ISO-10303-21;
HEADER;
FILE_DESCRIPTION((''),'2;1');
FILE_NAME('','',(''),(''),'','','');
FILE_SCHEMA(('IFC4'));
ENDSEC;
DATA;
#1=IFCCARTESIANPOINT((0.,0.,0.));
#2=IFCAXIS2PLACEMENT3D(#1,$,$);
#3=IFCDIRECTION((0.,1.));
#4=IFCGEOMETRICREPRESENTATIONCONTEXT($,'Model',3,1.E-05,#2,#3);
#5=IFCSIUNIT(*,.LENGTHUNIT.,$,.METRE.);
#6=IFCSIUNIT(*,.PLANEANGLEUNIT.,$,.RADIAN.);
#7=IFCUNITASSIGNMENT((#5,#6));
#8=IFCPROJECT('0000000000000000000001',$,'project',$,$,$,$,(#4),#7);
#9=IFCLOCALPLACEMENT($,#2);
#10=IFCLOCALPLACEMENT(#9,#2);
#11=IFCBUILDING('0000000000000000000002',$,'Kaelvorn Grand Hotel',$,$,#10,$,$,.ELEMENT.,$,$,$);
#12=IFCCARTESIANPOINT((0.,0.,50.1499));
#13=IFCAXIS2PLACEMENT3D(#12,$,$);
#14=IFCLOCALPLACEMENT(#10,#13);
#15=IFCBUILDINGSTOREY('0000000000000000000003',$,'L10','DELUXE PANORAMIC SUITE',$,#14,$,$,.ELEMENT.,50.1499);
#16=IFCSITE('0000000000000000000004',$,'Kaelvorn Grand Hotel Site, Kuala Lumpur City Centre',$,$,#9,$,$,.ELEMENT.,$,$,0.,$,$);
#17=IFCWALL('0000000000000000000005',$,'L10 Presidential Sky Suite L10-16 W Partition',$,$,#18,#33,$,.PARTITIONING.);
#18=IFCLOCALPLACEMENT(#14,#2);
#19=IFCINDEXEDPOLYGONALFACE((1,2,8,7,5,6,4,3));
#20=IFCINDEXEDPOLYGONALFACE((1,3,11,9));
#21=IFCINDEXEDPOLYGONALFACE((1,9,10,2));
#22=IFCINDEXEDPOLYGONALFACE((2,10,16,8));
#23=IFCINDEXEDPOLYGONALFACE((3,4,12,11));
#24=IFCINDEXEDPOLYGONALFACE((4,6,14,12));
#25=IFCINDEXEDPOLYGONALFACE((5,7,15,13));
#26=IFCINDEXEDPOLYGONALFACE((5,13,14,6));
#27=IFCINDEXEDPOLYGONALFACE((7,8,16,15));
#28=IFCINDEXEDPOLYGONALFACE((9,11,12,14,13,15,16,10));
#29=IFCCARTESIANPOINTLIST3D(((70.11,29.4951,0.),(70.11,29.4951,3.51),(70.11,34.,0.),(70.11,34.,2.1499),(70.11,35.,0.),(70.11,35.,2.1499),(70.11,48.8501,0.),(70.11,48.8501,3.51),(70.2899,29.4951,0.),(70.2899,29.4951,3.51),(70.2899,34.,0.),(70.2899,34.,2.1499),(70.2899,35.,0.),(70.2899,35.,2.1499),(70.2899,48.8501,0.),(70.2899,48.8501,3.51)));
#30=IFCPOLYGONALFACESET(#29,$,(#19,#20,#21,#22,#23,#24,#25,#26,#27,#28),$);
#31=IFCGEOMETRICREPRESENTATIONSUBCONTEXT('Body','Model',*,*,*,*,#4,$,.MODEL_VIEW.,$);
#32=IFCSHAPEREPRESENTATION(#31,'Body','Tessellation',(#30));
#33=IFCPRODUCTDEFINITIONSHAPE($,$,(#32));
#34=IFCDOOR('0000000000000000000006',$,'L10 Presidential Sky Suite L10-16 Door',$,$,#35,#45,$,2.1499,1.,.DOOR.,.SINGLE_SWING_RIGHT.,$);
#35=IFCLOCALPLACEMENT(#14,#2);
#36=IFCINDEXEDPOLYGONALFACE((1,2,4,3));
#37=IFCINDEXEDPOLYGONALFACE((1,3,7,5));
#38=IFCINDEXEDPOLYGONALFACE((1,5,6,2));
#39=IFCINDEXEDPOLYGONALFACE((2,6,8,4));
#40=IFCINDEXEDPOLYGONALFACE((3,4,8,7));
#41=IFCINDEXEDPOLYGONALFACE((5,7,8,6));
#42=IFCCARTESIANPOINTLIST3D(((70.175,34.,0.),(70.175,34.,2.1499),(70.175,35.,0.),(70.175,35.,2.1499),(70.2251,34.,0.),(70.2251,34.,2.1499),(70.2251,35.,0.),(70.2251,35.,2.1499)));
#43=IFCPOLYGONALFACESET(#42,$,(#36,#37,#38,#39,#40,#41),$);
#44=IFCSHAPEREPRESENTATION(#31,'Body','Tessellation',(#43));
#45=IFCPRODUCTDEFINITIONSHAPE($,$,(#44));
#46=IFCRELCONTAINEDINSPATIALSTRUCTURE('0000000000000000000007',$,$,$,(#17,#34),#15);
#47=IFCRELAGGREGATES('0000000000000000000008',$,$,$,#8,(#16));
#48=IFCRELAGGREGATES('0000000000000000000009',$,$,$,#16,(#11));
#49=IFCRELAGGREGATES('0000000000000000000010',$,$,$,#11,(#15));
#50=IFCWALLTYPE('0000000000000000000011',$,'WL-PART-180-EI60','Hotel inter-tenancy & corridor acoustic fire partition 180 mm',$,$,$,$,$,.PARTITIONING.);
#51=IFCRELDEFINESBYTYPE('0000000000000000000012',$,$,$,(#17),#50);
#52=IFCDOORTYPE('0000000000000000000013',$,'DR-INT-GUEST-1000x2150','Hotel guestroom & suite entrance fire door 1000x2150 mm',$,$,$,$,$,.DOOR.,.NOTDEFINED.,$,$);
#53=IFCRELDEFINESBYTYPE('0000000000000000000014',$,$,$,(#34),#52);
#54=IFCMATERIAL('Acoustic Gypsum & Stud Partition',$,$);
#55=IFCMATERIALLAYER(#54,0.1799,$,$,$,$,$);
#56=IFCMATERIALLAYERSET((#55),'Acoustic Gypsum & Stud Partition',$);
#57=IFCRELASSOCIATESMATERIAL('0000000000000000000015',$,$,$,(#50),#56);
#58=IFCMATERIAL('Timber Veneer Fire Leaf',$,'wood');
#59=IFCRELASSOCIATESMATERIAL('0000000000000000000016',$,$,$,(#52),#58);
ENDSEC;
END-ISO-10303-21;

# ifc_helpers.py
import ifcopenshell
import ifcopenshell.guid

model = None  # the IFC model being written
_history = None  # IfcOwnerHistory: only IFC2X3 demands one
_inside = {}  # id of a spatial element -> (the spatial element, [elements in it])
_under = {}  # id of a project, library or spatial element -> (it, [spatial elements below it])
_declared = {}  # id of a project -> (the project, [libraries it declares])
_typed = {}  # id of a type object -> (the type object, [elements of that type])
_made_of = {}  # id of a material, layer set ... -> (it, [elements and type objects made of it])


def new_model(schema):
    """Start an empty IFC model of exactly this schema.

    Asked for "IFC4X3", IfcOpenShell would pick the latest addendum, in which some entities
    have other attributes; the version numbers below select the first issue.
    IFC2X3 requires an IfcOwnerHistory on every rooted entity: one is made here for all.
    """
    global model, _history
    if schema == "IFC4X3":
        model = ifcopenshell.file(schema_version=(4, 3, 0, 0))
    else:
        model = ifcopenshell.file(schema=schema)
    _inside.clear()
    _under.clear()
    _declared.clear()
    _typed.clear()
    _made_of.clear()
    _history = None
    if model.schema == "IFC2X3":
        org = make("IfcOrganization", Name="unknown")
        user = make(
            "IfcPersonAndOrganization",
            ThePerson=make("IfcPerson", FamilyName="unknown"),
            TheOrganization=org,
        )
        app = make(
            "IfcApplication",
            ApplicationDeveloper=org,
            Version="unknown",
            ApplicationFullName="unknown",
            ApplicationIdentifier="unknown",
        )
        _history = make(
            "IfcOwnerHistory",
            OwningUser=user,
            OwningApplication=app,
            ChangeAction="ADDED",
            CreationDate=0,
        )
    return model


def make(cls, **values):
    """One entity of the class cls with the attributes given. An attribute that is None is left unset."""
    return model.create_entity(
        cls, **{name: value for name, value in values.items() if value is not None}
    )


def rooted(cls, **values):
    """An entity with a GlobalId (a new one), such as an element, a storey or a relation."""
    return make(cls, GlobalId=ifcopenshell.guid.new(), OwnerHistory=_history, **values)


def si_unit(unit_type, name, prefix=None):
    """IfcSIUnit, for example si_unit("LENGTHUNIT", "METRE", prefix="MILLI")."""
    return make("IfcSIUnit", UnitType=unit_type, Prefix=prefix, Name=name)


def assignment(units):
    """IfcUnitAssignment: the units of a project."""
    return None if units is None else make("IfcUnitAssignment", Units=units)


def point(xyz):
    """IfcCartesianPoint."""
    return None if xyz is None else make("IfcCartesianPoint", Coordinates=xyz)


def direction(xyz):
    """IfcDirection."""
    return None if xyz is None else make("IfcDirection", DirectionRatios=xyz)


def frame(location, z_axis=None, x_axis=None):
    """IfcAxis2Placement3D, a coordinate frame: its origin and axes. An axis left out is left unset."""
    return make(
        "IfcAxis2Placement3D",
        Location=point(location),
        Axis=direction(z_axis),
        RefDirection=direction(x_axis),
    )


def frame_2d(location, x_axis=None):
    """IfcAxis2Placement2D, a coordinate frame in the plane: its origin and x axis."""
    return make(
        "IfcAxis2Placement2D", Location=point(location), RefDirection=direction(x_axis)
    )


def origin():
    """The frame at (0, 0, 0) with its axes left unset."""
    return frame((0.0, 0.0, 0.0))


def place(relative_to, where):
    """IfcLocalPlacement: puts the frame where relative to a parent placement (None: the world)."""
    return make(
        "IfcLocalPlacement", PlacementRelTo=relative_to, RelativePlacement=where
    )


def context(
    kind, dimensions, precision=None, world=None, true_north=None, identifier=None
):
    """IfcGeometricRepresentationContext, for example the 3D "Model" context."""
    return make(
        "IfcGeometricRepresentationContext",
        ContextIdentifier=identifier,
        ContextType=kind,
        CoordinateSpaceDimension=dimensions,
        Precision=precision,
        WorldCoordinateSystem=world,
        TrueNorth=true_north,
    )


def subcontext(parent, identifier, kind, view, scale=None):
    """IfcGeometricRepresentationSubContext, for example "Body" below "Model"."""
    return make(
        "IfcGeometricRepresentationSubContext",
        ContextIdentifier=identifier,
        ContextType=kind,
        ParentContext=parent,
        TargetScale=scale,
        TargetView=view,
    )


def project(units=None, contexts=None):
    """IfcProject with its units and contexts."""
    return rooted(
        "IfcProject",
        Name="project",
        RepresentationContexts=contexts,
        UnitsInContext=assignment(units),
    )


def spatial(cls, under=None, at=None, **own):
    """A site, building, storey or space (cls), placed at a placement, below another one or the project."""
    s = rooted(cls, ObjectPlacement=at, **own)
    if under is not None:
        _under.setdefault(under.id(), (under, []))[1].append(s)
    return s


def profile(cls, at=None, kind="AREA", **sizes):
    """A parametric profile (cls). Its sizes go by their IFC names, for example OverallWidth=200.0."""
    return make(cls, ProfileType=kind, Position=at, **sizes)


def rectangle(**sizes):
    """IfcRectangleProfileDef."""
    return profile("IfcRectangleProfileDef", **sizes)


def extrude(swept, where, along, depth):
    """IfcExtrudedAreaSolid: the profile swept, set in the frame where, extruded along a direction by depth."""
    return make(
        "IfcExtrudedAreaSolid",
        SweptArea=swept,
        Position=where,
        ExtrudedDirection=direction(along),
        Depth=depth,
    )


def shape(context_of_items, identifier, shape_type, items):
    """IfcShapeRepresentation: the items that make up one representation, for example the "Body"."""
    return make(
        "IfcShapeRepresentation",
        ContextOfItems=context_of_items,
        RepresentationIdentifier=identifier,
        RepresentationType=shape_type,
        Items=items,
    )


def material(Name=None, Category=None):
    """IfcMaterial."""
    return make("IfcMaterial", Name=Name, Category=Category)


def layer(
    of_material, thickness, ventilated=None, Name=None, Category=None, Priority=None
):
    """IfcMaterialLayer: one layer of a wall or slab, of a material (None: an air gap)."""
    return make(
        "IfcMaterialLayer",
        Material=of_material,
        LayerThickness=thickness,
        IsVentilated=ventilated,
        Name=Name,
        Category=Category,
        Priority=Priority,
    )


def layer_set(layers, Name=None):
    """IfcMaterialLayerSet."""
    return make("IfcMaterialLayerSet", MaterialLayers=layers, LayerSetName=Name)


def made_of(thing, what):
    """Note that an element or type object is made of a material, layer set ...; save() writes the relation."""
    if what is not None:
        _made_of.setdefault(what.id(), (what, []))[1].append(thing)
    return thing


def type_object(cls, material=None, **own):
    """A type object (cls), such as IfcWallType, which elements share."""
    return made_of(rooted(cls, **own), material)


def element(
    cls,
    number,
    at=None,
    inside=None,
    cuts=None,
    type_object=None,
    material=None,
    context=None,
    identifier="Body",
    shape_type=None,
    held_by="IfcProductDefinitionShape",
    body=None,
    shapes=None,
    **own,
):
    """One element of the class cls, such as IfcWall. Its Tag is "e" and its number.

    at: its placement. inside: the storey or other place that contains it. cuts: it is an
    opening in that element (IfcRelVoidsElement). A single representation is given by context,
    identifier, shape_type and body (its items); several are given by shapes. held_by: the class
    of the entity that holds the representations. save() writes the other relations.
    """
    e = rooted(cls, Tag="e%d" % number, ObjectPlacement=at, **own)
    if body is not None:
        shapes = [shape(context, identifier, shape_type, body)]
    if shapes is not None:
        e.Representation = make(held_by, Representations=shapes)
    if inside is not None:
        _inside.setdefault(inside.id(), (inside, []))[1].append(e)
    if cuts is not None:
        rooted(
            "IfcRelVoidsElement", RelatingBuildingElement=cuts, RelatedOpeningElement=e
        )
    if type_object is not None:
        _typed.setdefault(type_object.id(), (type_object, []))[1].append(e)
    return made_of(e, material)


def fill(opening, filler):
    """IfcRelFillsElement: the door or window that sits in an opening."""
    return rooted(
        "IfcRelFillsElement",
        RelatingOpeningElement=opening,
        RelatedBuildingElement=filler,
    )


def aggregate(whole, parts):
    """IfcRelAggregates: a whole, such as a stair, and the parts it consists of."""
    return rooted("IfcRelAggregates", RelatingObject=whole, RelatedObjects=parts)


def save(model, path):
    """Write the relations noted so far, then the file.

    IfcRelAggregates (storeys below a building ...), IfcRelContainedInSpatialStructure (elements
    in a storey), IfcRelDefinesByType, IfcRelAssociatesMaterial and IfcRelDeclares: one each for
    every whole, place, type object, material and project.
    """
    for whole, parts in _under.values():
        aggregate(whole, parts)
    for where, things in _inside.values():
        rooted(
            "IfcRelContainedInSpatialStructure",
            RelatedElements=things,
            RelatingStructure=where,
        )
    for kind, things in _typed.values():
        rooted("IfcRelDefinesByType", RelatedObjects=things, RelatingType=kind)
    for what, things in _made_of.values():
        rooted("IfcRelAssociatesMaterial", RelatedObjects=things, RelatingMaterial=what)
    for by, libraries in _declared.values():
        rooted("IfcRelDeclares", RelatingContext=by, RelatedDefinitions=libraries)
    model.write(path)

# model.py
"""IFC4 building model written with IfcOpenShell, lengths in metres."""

from ifc_helpers import new_model, si_unit, direction, frame, frame_2d, origin, place, context, subcontext, project, spatial, rectangle, extrude, material, layer, layer_set, type_object, element, fill, save


model = new_model("IFC4")

# Units and contexts
model_context = context("Model", 3, precision=1e-05, world=origin(), true_north=direction((0.0, 1.0)))
body_context = subcontext(model_context, "Body", "Model", "MODEL_VIEW")
ifc_project = project(units=[si_unit("LENGTHUNIT", "METRE"), si_unit("PLANEANGLEUNIT", "RADIAN")], contexts=[model_context])

# Site, building, storey
site_placement = place(None, origin())
site = spatial("IfcSite", under=ifc_project, at=site_placement, Name="Kaelvorn Grand Hotel Site, Kuala Lumpur City Centre", CompositionType="ELEMENT", RefElevation=0.0)
building_placement = place(site_placement, origin())
building = spatial("IfcBuilding", under=site, at=building_placement, Name="Kaelvorn Grand Hotel", CompositionType="ELEMENT")
storey_placement = place(building_placement, frame((0.0, 0.0, 50.1499)))
storey = spatial("IfcBuildingStorey", under=building, at=storey_placement, Name="L10", Description="DELUXE PANORAMIC SUITE", CompositionType="ELEMENT", Elevation=50.1499)

# Shared definitions
ifc_material_1 = material(Name="Acoustic Gypsum & Stud Partition")
ifc_layer_1 = layer(ifc_material_1, 0.1799)
ifc_layer_set_1 = layer_set([ifc_layer_1], Name="Acoustic Gypsum & Stud Partition")
wall_type = type_object("IfcWallType", Name="WL-PART-180-EI60", Description="Hotel inter-tenancy & corridor acoustic fire partition 180 mm", PredefinedType="PARTITIONING", material=ifc_layer_set_1)

# Wall, opening, door
wall_1_placement = place(storey_placement, frame((70.2, 29.4951, 0.0), z_axis=(0.0, 0.0, 1.0), x_axis=(0.0, 1.0, 0.0)))
wall_1 = element("IfcWall", 1, at=wall_1_placement, inside=storey, type_object=wall_type, Name="L10 Presidential Sky Suite L10-16 W Partition", PredefinedType="PARTITIONING", context=body_context, shape_type="SweptSolid", body=[
    extrude(rectangle(XDim=19.355, YDim=0.1799, at=frame_2d((9.6775, 0.0))), origin(), (0.0, 0.0, 1.0), 3.51),
])
opening_placement = place(wall_1_placement, frame((4.5049, 0.0, 0.0)))
opening = element("IfcOpeningElement", 2, at=opening_placement, cuts=wall_1, PredefinedType="OPENING", context=body_context, shape_type="SweptSolid", body=[
    extrude(rectangle(XDim=1.0, YDim=2.1499, at=frame_2d((0.5, 1.075))), frame((0.0, 0.1001, 0.0), z_axis=(0.0, -1.0, 0.0), x_axis=(1.0, 0.0, 0.0)), (0.0, 0.0, 1.0), 0.2),
])
ifc_material_2 = material(Name="Timber Veneer Fire Leaf", Category="wood")
door_type = type_object("IfcDoorType", Name="DR-INT-GUEST-1000x2150", Description="Hotel guestroom & suite entrance fire door 1000x2150 mm", OperationType="NOTDEFINED", PredefinedType="DOOR", material=ifc_material_2)
door_placement = place(opening_placement, origin())
door = element("IfcDoor", 3, at=door_placement, inside=storey, type_object=door_type, Name="L10 Presidential Sky Suite L10-16 Door", OperationType="SINGLE_SWING_RIGHT", OverallHeight=2.1499, OverallWidth=1.0, PredefinedType="DOOR", context=body_context, shape_type="SweptSolid", body=[
    extrude(rectangle(XDim=1.0, YDim=2.1499, at=frame_2d((0.5, 1.075))), frame((0.0, 0.0249, 0.0), z_axis=(0.0, -1.0, 0.0), x_axis=(1.0, 0.0, 0.0)), (0.0, 0.0, 1.0), 0.05),
])
fill(opening, door)

save(model, "model.ifc")
